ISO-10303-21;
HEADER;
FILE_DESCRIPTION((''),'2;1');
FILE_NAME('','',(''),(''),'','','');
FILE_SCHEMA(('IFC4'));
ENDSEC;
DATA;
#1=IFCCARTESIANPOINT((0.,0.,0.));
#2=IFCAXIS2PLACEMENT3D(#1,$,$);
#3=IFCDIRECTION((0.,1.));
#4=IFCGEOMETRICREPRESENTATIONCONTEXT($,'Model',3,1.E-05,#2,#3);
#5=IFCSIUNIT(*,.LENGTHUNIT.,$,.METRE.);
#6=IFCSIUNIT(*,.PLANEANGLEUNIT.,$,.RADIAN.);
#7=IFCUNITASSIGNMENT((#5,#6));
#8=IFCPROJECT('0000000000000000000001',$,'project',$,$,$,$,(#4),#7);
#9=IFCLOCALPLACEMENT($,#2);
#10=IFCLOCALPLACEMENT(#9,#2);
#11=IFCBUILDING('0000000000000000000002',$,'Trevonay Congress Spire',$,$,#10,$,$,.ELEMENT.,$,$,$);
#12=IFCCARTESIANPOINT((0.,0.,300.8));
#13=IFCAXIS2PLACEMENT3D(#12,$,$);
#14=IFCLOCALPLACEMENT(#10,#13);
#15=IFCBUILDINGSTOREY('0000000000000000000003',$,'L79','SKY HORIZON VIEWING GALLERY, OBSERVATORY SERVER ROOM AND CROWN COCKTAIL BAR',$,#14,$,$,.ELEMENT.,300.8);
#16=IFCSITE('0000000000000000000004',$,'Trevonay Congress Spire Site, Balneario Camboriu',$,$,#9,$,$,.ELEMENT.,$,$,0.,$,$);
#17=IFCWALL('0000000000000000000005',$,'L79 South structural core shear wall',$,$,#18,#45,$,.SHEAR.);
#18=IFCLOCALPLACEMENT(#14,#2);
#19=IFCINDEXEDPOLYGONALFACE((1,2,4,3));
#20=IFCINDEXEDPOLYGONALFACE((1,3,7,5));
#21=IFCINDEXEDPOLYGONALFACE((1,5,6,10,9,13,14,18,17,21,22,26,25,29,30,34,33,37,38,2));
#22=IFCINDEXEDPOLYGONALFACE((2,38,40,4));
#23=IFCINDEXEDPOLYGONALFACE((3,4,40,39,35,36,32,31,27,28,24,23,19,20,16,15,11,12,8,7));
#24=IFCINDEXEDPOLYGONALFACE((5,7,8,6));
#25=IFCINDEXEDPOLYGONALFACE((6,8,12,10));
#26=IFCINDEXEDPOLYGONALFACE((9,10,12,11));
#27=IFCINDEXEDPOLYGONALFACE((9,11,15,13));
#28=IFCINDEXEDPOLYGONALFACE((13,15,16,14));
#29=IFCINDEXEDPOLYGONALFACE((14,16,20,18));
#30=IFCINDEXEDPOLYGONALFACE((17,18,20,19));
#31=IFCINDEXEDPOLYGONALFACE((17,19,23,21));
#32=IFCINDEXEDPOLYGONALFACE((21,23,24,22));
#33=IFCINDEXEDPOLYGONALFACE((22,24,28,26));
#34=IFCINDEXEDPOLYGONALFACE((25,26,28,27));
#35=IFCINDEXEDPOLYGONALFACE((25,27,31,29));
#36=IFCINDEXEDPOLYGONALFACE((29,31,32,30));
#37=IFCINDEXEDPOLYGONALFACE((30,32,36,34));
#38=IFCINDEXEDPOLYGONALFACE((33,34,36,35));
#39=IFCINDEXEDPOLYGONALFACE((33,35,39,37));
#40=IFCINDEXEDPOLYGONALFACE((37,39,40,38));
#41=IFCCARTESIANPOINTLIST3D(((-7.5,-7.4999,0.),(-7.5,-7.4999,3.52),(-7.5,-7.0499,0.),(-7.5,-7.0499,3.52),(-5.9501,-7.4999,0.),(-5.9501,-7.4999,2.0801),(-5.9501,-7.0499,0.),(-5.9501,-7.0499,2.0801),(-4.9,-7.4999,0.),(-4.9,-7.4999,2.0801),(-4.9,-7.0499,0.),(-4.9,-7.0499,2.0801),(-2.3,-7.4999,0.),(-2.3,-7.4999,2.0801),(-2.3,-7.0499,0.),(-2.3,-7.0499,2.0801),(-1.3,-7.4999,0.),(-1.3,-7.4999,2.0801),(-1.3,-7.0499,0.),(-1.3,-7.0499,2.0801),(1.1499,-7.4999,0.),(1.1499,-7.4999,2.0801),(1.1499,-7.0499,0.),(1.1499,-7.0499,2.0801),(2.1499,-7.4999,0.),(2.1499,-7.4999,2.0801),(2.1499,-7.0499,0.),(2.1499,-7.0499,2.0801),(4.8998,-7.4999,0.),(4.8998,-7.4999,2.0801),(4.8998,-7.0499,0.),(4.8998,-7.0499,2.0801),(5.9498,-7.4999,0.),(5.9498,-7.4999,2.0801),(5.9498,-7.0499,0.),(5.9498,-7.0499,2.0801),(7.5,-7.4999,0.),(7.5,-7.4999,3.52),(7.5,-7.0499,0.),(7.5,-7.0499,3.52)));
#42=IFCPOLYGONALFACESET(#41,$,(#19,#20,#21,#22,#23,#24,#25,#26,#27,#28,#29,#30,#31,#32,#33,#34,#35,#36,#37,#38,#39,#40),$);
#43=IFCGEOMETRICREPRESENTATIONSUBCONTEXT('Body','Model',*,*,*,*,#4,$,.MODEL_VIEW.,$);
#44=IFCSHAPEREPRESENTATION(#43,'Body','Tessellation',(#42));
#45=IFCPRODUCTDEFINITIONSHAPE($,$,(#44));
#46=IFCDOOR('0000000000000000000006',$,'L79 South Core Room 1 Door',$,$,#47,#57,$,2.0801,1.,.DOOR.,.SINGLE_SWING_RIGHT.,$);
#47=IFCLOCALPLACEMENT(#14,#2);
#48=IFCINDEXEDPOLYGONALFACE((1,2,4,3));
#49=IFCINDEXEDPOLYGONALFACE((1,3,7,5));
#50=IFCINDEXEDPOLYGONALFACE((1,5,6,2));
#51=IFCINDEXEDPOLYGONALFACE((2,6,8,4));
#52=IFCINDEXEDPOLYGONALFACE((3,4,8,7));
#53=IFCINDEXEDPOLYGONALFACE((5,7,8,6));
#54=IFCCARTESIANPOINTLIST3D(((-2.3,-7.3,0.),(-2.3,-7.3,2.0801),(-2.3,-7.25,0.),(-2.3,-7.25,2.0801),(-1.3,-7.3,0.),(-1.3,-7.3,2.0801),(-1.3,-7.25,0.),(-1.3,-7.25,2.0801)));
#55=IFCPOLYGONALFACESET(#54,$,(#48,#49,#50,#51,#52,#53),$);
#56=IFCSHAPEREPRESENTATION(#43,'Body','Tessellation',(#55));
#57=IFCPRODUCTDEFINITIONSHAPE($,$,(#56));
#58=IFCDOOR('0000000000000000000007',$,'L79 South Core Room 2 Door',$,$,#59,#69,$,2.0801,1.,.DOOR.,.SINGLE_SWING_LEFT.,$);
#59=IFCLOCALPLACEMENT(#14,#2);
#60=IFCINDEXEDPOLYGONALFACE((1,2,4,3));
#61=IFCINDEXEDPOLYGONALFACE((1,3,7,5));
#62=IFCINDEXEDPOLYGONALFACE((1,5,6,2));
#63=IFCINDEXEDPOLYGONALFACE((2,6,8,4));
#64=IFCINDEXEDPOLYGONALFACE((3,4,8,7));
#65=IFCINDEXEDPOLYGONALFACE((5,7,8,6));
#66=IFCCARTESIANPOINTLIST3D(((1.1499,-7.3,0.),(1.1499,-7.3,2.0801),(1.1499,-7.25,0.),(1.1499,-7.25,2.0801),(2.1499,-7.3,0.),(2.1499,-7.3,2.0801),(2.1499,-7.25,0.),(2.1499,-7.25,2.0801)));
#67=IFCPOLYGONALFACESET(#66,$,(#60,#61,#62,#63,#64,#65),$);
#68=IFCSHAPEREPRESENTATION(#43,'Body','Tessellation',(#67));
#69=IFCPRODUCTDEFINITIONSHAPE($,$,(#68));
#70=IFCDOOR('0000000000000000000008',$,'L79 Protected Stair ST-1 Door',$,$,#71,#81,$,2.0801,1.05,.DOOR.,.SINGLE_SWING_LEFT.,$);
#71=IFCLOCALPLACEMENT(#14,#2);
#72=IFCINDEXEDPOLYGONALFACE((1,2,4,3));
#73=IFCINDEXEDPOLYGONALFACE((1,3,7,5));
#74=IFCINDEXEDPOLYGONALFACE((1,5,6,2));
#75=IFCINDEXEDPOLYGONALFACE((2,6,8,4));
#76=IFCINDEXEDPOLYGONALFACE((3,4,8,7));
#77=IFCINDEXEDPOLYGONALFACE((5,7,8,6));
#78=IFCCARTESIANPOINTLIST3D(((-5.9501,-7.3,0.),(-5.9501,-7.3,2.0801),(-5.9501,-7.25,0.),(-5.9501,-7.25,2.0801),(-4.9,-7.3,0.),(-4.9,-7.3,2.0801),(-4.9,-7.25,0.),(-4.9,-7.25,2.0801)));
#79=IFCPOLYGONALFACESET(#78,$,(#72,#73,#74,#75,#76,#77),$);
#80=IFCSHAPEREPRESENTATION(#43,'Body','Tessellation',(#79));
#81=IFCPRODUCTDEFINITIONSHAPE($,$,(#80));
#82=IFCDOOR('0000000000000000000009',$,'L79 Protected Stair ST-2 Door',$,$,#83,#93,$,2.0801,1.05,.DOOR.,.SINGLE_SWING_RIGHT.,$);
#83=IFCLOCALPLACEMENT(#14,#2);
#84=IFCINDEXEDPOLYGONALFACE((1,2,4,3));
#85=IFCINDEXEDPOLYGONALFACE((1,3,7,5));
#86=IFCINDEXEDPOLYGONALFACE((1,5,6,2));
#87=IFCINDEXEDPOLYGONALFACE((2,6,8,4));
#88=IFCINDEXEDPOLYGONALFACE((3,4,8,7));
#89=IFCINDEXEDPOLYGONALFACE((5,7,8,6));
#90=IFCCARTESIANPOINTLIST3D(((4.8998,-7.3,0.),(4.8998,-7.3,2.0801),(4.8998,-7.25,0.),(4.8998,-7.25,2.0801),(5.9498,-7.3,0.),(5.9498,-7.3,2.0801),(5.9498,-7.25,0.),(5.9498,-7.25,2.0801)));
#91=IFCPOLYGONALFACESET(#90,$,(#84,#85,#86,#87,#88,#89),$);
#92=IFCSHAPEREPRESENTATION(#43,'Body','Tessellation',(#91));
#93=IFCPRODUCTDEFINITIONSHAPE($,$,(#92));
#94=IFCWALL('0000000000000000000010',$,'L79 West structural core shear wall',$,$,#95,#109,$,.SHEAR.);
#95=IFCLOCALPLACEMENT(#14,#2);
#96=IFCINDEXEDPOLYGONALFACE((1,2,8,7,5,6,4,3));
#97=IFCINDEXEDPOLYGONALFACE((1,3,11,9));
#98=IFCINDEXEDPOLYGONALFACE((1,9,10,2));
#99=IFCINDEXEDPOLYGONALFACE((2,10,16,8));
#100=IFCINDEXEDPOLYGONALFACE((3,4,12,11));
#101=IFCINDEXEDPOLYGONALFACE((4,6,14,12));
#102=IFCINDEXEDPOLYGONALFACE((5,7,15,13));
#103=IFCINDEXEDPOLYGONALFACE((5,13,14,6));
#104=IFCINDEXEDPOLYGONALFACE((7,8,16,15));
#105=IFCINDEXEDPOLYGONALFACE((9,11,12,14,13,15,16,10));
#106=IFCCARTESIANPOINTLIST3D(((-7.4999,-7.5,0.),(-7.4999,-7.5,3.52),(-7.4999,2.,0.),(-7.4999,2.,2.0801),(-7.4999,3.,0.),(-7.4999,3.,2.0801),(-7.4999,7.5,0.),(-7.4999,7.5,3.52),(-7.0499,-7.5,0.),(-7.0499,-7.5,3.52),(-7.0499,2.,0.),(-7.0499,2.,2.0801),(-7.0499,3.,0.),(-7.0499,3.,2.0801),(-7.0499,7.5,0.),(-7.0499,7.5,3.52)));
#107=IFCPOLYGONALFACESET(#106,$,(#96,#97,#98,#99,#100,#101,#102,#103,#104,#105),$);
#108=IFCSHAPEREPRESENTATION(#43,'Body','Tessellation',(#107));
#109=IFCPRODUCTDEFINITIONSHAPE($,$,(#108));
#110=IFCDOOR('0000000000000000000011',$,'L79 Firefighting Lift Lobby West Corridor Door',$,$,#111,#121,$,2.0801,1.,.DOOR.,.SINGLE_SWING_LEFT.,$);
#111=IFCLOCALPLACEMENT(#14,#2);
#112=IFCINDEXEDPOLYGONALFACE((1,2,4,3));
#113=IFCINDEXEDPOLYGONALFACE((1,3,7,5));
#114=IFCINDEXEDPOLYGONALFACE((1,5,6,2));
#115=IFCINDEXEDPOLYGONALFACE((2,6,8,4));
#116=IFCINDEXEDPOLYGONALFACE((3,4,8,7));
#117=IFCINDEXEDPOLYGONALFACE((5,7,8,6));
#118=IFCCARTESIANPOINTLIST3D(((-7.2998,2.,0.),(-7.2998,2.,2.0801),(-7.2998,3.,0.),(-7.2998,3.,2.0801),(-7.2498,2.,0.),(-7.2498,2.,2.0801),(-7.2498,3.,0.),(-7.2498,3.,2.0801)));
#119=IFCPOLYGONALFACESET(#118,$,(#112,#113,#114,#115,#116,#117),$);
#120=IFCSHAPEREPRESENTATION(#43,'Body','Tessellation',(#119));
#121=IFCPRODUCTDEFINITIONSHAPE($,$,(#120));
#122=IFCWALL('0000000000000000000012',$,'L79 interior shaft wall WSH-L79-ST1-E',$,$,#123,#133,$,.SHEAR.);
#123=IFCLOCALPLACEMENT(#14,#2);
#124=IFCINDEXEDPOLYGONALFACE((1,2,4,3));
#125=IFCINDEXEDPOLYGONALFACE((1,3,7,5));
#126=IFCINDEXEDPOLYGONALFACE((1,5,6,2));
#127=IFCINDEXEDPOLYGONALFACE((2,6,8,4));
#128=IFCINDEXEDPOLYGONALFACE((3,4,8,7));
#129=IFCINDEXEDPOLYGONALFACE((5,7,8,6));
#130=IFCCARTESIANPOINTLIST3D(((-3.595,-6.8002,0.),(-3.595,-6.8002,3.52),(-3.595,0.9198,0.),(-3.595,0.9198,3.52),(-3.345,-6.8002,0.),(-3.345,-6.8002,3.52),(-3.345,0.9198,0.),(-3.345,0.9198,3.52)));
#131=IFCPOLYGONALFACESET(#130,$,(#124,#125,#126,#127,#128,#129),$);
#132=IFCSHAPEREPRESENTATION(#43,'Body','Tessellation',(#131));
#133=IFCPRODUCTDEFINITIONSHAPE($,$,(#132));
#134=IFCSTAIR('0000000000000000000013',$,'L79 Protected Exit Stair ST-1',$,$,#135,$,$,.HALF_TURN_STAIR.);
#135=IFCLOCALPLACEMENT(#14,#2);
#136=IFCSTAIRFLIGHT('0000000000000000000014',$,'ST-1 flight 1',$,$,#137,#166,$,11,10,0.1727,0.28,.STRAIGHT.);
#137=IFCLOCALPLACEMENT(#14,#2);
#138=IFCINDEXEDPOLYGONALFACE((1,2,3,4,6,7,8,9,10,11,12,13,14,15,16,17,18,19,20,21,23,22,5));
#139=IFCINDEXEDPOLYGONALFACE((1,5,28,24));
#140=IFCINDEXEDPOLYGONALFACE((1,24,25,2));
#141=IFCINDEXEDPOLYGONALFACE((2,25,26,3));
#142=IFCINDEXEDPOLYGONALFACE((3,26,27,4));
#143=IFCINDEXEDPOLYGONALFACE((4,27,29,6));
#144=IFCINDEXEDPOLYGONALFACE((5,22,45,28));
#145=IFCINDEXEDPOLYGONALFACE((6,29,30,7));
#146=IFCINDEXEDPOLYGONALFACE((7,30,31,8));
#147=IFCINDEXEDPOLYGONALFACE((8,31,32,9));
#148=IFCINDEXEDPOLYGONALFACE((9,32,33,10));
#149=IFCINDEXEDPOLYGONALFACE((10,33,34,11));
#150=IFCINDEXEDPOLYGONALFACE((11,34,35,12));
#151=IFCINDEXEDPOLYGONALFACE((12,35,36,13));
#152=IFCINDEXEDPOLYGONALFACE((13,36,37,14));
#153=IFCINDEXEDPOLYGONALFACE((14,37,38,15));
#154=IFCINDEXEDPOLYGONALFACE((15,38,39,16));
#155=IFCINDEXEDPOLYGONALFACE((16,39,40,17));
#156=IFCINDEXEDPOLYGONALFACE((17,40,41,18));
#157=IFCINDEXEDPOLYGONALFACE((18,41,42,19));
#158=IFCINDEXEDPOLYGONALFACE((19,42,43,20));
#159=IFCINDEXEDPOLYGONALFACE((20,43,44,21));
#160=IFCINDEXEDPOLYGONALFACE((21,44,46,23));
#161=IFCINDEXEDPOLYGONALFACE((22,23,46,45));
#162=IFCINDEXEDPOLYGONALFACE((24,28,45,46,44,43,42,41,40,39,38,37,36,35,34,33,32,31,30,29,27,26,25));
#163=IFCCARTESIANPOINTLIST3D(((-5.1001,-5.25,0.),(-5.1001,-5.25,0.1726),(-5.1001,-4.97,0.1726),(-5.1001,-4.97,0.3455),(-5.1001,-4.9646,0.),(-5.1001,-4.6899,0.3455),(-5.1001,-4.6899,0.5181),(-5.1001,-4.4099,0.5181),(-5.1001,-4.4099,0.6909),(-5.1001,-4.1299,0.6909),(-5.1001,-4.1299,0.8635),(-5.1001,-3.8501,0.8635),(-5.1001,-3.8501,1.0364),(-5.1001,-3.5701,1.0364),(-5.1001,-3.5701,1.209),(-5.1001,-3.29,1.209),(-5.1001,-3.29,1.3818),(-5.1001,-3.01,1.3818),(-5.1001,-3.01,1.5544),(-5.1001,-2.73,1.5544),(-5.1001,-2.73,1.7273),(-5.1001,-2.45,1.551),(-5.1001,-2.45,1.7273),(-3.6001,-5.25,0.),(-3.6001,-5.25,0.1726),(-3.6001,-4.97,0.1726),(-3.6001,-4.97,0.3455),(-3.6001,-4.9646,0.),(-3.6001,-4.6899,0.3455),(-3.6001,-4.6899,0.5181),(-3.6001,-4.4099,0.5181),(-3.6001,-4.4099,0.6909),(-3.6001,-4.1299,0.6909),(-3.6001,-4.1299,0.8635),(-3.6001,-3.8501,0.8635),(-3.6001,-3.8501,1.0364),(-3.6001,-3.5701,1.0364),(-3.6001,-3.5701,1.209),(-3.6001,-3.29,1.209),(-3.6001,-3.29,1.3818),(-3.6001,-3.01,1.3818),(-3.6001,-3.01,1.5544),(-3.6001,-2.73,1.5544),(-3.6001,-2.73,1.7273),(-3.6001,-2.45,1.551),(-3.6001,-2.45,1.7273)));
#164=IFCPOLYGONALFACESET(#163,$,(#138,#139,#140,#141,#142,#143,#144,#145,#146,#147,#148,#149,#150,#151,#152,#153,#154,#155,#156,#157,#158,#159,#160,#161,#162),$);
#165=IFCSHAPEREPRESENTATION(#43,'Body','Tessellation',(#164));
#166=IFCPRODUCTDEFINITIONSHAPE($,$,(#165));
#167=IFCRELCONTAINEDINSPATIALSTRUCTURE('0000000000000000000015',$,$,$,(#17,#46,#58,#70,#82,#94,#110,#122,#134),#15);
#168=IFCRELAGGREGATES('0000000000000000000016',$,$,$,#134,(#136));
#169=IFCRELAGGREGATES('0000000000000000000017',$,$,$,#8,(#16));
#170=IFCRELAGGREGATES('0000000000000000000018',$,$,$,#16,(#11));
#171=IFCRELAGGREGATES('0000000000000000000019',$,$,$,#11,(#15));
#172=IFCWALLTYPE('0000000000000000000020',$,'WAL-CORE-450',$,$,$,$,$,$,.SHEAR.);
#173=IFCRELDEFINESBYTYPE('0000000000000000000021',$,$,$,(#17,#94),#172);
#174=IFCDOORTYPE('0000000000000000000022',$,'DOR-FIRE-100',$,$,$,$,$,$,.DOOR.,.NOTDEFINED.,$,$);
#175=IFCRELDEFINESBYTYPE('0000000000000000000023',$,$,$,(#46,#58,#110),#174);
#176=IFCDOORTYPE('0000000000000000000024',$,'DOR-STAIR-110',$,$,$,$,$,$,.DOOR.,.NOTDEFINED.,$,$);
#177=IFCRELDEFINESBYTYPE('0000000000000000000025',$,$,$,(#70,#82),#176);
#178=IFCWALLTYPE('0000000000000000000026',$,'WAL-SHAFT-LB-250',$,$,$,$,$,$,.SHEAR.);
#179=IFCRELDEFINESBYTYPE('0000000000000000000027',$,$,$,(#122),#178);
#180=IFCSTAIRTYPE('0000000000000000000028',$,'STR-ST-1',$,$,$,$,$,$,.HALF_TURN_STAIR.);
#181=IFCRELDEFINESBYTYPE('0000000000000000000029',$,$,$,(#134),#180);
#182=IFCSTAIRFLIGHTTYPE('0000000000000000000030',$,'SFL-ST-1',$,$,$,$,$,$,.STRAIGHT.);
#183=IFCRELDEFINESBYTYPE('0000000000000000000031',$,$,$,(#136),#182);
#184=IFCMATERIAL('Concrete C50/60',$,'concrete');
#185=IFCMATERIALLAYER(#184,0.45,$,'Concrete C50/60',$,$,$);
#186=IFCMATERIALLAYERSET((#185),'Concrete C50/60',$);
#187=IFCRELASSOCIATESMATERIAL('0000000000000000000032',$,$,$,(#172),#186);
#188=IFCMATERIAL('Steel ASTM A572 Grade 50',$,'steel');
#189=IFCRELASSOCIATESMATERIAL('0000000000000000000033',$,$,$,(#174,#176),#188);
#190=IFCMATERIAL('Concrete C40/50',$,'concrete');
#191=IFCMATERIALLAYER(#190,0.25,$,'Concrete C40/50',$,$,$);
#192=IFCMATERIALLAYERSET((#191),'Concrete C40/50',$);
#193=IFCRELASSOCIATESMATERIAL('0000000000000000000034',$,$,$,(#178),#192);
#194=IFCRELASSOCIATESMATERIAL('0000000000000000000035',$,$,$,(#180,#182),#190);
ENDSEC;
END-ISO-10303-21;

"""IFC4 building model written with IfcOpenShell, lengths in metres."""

from ifc_helpers import new_model, si_unit, direction, frame, frame_2d, origin, place, context, subcontext, project, spatial, polyline, rectangle, outline, extrude, material, layer, layer_set, type_object, element, fill, aggregate, save


model = new_model("IFC4")

# Units and contexts
model_context = context("Model", 3, precision=1e-05, world=origin(), true_north=direction((0.0, 1.0)))
body_context = subcontext(model_context, "Body", "Model", "MODEL_VIEW")
ifc_project = project(units=[si_unit("LENGTHUNIT", "METRE"), si_unit("PLANEANGLEUNIT", "RADIAN")], contexts=[model_context])

# Site, building, storey
site_placement = place(None, origin())
site = spatial("IfcSite", under=ifc_project, at=site_placement, Name="Trevonay Congress Spire Site, Balneario Camboriu", CompositionType="ELEMENT", RefElevation=0.0)
building_placement = place(site_placement, origin())
building = spatial("IfcBuilding", under=site, at=building_placement, Name="Trevonay Congress Spire", CompositionType="ELEMENT")
storey_placement = place(building_placement, frame((0.0, 0.0, 300.8)))
storey = spatial("IfcBuildingStorey", under=building, at=storey_placement, Name="L79", Description="SKY HORIZON VIEWING GALLERY, OBSERVATORY SERVER ROOM AND CROWN COCKTAIL BAR", CompositionType="ELEMENT", Elevation=300.8)

# Shared definitions
ifc_material_1 = material(Name="Steel ASTM A572 Grade 50", Category="steel")

# Wall, openings, doors
ifc_material_2 = material(Name="Concrete C50/60", Category="concrete")
ifc_layer_1 = layer(ifc_material_2, 0.45, Name="Concrete C50/60")
ifc_layer_set_1 = layer_set([ifc_layer_1], Name="Concrete C50/60")
wall_type_1 = type_object("IfcWallType", Name="WAL-CORE-450", PredefinedType="SHEAR", material=ifc_layer_set_1)
wall_1_placement = place(storey_placement, frame((-7.5, -7.2749, 0.0), z_axis=(0.0, 0.0, 1.0), x_axis=(1.0, 0.0, 0.0)))
wall_1 = element("IfcWall", 1, at=wall_1_placement, inside=storey, type_object=wall_type_1, Name="L79 South structural core shear wall", PredefinedType="SHEAR", context=body_context, shape_type="SweptSolid", body=[
    extrude(rectangle(XDim=15.0, YDim=0.45, at=frame_2d((7.5, 0.0))), origin(), (0.0, 0.0, 1.0), 3.52),
])
opening_1_placement = place(wall_1_placement, frame((1.55, 0.0, 0.0)))
opening_1 = element("IfcOpeningElement", 2, at=opening_1_placement, cuts=wall_1, PredefinedType="OPENING", context=body_context, shape_type="SweptSolid", body=[
    extrude(rectangle(XDim=1.05, YDim=2.0801, at=frame_2d((0.5249, 1.04))), frame((0.0, 0.2349, 0.0), z_axis=(0.0, -1.0, 0.0), x_axis=(1.0, 0.0, 0.0)), (0.0, 0.0, 1.0), 0.47),
])
opening_2_placement = place(wall_1_placement, frame((12.3999, 0.0, 0.0)))
opening_2 = element("IfcOpeningElement", 3, at=opening_2_placement, cuts=wall_1, PredefinedType="OPENING", context=body_context, shape_type="SweptSolid", body=[
    extrude(rectangle(XDim=1.05, YDim=2.0801, at=frame_2d((0.5249, 1.04))), frame((0.0, 0.2349, 0.0), z_axis=(0.0, -1.0, 0.0), x_axis=(1.0, 0.0, 0.0)), (0.0, 0.0, 1.0), 0.47),
])
opening_3_placement = place(wall_1_placement, frame((5.2, 0.0, 0.0)))
opening_3 = element("IfcOpeningElement", 4, at=opening_3_placement, cuts=wall_1, PredefinedType="OPENING", context=body_context, shape_type="SweptSolid", body=[
    extrude(rectangle(XDim=1.0, YDim=2.0801, at=frame_2d((0.5, 1.04))), frame((0.0, 0.2349, 0.0), z_axis=(0.0, -1.0, 0.0), x_axis=(1.0, 0.0, 0.0)), (0.0, 0.0, 1.0), 0.47),
])
opening_4_placement = place(wall_1_placement, frame((8.6499, 0.0, 0.0)))
opening_4 = element("IfcOpeningElement", 5, at=opening_4_placement, cuts=wall_1, PredefinedType="OPENING", context=body_context, shape_type="SweptSolid", body=[
    extrude(rectangle(XDim=1.0, YDim=2.0801, at=frame_2d((0.5, 1.04))), frame((0.0, 0.2349, 0.0), z_axis=(0.0, -1.0, 0.0), x_axis=(1.0, 0.0, 0.0)), (0.0, 0.0, 1.0), 0.47),
])
door_type_1 = type_object("IfcDoorType", Name="DOR-FIRE-100", OperationType="NOTDEFINED", PredefinedType="DOOR", material=ifc_material_1)
door_1_placement = place(opening_3_placement, origin())
door_1 = element("IfcDoor", 6, at=door_1_placement, inside=storey, type_object=door_type_1, Name="L79 South Core Room 1 Door", OperationType="SINGLE_SWING_RIGHT", OverallHeight=2.0801, OverallWidth=1.0, PredefinedType="DOOR", context=body_context, shape_type="SweptSolid", body=[
    extrude(rectangle(XDim=1.0, YDim=2.0801, at=frame_2d((0.5, 1.04))), frame((0.0, 0.0249, 0.0), z_axis=(0.0, -1.0, 0.0), x_axis=(1.0, 0.0, 0.0)), (0.0, 0.0, 1.0), 0.05),
])
fill(opening_3, door_1)
door_2_placement = place(opening_4_placement, origin())
door_2 = element("IfcDoor", 7, at=door_2_placement, inside=storey, type_object=door_type_1, Name="L79 South Core Room 2 Door", OperationType="SINGLE_SWING_LEFT", OverallHeight=2.0801, OverallWidth=1.0, PredefinedType="DOOR", context=body_context, shape_type="SweptSolid", body=[
    extrude(rectangle(XDim=1.0, YDim=2.0801, at=frame_2d((0.5, 1.04))), frame((0.0, 0.0249, 0.0), z_axis=(0.0, -1.0, 0.0), x_axis=(1.0, 0.0, 0.0)), (0.0, 0.0, 1.0), 0.05),
])
fill(opening_4, door_2)
door_type_2 = type_object("IfcDoorType", Name="DOR-STAIR-110", OperationType="NOTDEFINED", PredefinedType="DOOR", material=ifc_material_1)
door_3_placement = place(opening_1_placement, origin())
door_3 = element("IfcDoor", 8, at=door_3_placement, inside=storey, type_object=door_type_2, Name="L79 Protected Stair ST-1 Door", OperationType="SINGLE_SWING_LEFT", OverallHeight=2.0801, OverallWidth=1.05, PredefinedType="DOOR", context=body_context, shape_type="SweptSolid", body=[
    extrude(rectangle(XDim=1.05, YDim=2.0801, at=frame_2d((0.5249, 1.04))), frame((0.0, 0.0249, 0.0), z_axis=(0.0, -1.0, 0.0), x_axis=(1.0, 0.0, 0.0)), (0.0, 0.0, 1.0), 0.05),
])
fill(opening_1, door_3)
door_4_placement = place(opening_2_placement, origin())
door_4 = element("IfcDoor", 9, at=door_4_placement, inside=storey, type_object=door_type_2, Name="L79 Protected Stair ST-2 Door", OperationType="SINGLE_SWING_RIGHT", OverallHeight=2.0801, OverallWidth=1.05, PredefinedType="DOOR", context=body_context, shape_type="SweptSolid", body=[
    extrude(rectangle(XDim=1.05, YDim=2.0801, at=frame_2d((0.5249, 1.04))), frame((0.0, 0.0249, 0.0), z_axis=(0.0, -1.0, 0.0), x_axis=(1.0, 0.0, 0.0)), (0.0, 0.0, 1.0), 0.05),
])
fill(opening_2, door_4)

# Wall, opening, door
wall_2_placement = place(storey_placement, frame((-7.2749, -7.5, 0.0), z_axis=(0.0, 0.0, 1.0), x_axis=(0.0, 1.0, 0.0)))
wall_2 = element("IfcWall", 10, at=wall_2_placement, inside=storey, type_object=wall_type_1, Name="L79 West structural core shear wall", PredefinedType="SHEAR", context=body_context, shape_type="SweptSolid", body=[
    extrude(rectangle(XDim=15.0, YDim=0.45, at=frame_2d((7.5, 0.0))), origin(), (0.0, 0.0, 1.0), 3.52),
])
opening_5_placement = place(wall_2_placement, frame((9.5, 0.0, 0.0)))
opening_5 = element("IfcOpeningElement", 11, at=opening_5_placement, cuts=wall_2, PredefinedType="OPENING", context=body_context, shape_type="SweptSolid", body=[
    extrude(rectangle(XDim=1.0, YDim=2.0801, at=frame_2d((0.5, 1.04))), frame((0.0, 0.2349, 0.0), z_axis=(0.0, -1.0, 0.0), x_axis=(1.0, 0.0, 0.0)), (0.0, 0.0, 1.0), 0.47),
])
door_5_placement = place(opening_5_placement, origin())
door_5 = element("IfcDoor", 12, at=door_5_placement, inside=storey, type_object=door_type_1, Name="L79 Firefighting Lift Lobby West Corridor Door", OperationType="SINGLE_SWING_LEFT", OverallHeight=2.0801, OverallWidth=1.0, PredefinedType="DOOR", context=body_context, shape_type="SweptSolid", body=[
    extrude(rectangle(XDim=1.0, YDim=2.0801, at=frame_2d((0.5, 1.04))), frame((0.0, 0.0249, 0.0), z_axis=(0.0, -1.0, 0.0), x_axis=(1.0, 0.0, 0.0)), (0.0, 0.0, 1.0), 0.05),
])
fill(opening_5, door_5)

# Wall
ifc_material_3 = material(Name="Concrete C40/50", Category="concrete")
ifc_layer_2 = layer(ifc_material_3, 0.25, Name="Concrete C40/50")
ifc_layer_set_2 = layer_set([ifc_layer_2], Name="Concrete C40/50")
wall_type_2 = type_object("IfcWallType", Name="WAL-SHAFT-LB-250", PredefinedType="SHEAR", material=ifc_layer_set_2)
wall_3_placement = place(storey_placement, frame((-3.47, -6.8, 0.0), z_axis=(0.0, 0.0, 1.0), x_axis=(0.0, 1.0, 0.0)))
element("IfcWall", 13, at=wall_3_placement, inside=storey, type_object=wall_type_2, Name="L79 interior shaft wall WSH-L79-ST1-E", PredefinedType="SHEAR", context=body_context, shape_type="SweptSolid", body=[
    extrude(rectangle(XDim=7.72, YDim=0.25, at=frame_2d((3.8599, 0.0))), origin(), (0.0, 0.0, 1.0), 3.52),
])

# Stair, stair flight
stair_type = type_object("IfcStairType", Name="STR-ST-1", PredefinedType="HALF_TURN_STAIR", material=ifc_material_3)
stair_placement = place(storey_placement, origin())
stair = element("IfcStair", 14, at=stair_placement, inside=storey, type_object=stair_type, Name="L79 Protected Exit Stair ST-1", PredefinedType="HALF_TURN_STAIR")
stair_flight_type = type_object("IfcStairFlightType", Name="SFL-ST-1", PredefinedType="STRAIGHT", material=ifc_material_3)
stair_flight_1_placement = place(storey_placement, frame((-4.3501, -5.25, 0.0), z_axis=(0.0, 0.0, 1.0), x_axis=(0.0, 1.0, 0.0)))
stair_flight_1 = element("IfcStairFlight", 15, at=stair_flight_1_placement, type_object=stair_flight_type, Name="ST-1 flight 1", NumberOfRisers=11, NumberOfTreads=10, PredefinedType="STRAIGHT", RiserHeight=0.1727, TreadLength=0.28, context=body_context, shape_type="SweptSolid", body=[
    extrude(outline(polyline([(0.0, 0.0), (0.0, 0.1726), (0.28, 0.1726), (0.28, 0.3455), (0.5601, 0.3455), (0.5601, 0.5181), (0.8401, 0.5181), (0.8401, 0.6909), (1.1201, 0.6909), (1.1201, 0.8635), (1.3999, 0.8635), (1.3999, 1.0364), (1.6799, 1.0364), (1.6799, 1.209), (1.96, 1.209), (1.96, 1.3818), (2.24, 1.3818), (2.24, 1.5544), (2.52, 1.5544), (2.52, 1.7273), (2.8, 1.7273), (2.8, 1.8999), (2.8, 1.551), (0.2854, 0.0), (0.0, 0.0)])), frame((0.0, 0.75, 0.0), z_axis=(0.0, -1.0, 0.0), x_axis=(1.0, 0.0, 0.0)), (0.0, 0.0, 1.0), 1.5),
])
aggregate(stair, [stair_flight_1])

save(model, "model.ifc")
